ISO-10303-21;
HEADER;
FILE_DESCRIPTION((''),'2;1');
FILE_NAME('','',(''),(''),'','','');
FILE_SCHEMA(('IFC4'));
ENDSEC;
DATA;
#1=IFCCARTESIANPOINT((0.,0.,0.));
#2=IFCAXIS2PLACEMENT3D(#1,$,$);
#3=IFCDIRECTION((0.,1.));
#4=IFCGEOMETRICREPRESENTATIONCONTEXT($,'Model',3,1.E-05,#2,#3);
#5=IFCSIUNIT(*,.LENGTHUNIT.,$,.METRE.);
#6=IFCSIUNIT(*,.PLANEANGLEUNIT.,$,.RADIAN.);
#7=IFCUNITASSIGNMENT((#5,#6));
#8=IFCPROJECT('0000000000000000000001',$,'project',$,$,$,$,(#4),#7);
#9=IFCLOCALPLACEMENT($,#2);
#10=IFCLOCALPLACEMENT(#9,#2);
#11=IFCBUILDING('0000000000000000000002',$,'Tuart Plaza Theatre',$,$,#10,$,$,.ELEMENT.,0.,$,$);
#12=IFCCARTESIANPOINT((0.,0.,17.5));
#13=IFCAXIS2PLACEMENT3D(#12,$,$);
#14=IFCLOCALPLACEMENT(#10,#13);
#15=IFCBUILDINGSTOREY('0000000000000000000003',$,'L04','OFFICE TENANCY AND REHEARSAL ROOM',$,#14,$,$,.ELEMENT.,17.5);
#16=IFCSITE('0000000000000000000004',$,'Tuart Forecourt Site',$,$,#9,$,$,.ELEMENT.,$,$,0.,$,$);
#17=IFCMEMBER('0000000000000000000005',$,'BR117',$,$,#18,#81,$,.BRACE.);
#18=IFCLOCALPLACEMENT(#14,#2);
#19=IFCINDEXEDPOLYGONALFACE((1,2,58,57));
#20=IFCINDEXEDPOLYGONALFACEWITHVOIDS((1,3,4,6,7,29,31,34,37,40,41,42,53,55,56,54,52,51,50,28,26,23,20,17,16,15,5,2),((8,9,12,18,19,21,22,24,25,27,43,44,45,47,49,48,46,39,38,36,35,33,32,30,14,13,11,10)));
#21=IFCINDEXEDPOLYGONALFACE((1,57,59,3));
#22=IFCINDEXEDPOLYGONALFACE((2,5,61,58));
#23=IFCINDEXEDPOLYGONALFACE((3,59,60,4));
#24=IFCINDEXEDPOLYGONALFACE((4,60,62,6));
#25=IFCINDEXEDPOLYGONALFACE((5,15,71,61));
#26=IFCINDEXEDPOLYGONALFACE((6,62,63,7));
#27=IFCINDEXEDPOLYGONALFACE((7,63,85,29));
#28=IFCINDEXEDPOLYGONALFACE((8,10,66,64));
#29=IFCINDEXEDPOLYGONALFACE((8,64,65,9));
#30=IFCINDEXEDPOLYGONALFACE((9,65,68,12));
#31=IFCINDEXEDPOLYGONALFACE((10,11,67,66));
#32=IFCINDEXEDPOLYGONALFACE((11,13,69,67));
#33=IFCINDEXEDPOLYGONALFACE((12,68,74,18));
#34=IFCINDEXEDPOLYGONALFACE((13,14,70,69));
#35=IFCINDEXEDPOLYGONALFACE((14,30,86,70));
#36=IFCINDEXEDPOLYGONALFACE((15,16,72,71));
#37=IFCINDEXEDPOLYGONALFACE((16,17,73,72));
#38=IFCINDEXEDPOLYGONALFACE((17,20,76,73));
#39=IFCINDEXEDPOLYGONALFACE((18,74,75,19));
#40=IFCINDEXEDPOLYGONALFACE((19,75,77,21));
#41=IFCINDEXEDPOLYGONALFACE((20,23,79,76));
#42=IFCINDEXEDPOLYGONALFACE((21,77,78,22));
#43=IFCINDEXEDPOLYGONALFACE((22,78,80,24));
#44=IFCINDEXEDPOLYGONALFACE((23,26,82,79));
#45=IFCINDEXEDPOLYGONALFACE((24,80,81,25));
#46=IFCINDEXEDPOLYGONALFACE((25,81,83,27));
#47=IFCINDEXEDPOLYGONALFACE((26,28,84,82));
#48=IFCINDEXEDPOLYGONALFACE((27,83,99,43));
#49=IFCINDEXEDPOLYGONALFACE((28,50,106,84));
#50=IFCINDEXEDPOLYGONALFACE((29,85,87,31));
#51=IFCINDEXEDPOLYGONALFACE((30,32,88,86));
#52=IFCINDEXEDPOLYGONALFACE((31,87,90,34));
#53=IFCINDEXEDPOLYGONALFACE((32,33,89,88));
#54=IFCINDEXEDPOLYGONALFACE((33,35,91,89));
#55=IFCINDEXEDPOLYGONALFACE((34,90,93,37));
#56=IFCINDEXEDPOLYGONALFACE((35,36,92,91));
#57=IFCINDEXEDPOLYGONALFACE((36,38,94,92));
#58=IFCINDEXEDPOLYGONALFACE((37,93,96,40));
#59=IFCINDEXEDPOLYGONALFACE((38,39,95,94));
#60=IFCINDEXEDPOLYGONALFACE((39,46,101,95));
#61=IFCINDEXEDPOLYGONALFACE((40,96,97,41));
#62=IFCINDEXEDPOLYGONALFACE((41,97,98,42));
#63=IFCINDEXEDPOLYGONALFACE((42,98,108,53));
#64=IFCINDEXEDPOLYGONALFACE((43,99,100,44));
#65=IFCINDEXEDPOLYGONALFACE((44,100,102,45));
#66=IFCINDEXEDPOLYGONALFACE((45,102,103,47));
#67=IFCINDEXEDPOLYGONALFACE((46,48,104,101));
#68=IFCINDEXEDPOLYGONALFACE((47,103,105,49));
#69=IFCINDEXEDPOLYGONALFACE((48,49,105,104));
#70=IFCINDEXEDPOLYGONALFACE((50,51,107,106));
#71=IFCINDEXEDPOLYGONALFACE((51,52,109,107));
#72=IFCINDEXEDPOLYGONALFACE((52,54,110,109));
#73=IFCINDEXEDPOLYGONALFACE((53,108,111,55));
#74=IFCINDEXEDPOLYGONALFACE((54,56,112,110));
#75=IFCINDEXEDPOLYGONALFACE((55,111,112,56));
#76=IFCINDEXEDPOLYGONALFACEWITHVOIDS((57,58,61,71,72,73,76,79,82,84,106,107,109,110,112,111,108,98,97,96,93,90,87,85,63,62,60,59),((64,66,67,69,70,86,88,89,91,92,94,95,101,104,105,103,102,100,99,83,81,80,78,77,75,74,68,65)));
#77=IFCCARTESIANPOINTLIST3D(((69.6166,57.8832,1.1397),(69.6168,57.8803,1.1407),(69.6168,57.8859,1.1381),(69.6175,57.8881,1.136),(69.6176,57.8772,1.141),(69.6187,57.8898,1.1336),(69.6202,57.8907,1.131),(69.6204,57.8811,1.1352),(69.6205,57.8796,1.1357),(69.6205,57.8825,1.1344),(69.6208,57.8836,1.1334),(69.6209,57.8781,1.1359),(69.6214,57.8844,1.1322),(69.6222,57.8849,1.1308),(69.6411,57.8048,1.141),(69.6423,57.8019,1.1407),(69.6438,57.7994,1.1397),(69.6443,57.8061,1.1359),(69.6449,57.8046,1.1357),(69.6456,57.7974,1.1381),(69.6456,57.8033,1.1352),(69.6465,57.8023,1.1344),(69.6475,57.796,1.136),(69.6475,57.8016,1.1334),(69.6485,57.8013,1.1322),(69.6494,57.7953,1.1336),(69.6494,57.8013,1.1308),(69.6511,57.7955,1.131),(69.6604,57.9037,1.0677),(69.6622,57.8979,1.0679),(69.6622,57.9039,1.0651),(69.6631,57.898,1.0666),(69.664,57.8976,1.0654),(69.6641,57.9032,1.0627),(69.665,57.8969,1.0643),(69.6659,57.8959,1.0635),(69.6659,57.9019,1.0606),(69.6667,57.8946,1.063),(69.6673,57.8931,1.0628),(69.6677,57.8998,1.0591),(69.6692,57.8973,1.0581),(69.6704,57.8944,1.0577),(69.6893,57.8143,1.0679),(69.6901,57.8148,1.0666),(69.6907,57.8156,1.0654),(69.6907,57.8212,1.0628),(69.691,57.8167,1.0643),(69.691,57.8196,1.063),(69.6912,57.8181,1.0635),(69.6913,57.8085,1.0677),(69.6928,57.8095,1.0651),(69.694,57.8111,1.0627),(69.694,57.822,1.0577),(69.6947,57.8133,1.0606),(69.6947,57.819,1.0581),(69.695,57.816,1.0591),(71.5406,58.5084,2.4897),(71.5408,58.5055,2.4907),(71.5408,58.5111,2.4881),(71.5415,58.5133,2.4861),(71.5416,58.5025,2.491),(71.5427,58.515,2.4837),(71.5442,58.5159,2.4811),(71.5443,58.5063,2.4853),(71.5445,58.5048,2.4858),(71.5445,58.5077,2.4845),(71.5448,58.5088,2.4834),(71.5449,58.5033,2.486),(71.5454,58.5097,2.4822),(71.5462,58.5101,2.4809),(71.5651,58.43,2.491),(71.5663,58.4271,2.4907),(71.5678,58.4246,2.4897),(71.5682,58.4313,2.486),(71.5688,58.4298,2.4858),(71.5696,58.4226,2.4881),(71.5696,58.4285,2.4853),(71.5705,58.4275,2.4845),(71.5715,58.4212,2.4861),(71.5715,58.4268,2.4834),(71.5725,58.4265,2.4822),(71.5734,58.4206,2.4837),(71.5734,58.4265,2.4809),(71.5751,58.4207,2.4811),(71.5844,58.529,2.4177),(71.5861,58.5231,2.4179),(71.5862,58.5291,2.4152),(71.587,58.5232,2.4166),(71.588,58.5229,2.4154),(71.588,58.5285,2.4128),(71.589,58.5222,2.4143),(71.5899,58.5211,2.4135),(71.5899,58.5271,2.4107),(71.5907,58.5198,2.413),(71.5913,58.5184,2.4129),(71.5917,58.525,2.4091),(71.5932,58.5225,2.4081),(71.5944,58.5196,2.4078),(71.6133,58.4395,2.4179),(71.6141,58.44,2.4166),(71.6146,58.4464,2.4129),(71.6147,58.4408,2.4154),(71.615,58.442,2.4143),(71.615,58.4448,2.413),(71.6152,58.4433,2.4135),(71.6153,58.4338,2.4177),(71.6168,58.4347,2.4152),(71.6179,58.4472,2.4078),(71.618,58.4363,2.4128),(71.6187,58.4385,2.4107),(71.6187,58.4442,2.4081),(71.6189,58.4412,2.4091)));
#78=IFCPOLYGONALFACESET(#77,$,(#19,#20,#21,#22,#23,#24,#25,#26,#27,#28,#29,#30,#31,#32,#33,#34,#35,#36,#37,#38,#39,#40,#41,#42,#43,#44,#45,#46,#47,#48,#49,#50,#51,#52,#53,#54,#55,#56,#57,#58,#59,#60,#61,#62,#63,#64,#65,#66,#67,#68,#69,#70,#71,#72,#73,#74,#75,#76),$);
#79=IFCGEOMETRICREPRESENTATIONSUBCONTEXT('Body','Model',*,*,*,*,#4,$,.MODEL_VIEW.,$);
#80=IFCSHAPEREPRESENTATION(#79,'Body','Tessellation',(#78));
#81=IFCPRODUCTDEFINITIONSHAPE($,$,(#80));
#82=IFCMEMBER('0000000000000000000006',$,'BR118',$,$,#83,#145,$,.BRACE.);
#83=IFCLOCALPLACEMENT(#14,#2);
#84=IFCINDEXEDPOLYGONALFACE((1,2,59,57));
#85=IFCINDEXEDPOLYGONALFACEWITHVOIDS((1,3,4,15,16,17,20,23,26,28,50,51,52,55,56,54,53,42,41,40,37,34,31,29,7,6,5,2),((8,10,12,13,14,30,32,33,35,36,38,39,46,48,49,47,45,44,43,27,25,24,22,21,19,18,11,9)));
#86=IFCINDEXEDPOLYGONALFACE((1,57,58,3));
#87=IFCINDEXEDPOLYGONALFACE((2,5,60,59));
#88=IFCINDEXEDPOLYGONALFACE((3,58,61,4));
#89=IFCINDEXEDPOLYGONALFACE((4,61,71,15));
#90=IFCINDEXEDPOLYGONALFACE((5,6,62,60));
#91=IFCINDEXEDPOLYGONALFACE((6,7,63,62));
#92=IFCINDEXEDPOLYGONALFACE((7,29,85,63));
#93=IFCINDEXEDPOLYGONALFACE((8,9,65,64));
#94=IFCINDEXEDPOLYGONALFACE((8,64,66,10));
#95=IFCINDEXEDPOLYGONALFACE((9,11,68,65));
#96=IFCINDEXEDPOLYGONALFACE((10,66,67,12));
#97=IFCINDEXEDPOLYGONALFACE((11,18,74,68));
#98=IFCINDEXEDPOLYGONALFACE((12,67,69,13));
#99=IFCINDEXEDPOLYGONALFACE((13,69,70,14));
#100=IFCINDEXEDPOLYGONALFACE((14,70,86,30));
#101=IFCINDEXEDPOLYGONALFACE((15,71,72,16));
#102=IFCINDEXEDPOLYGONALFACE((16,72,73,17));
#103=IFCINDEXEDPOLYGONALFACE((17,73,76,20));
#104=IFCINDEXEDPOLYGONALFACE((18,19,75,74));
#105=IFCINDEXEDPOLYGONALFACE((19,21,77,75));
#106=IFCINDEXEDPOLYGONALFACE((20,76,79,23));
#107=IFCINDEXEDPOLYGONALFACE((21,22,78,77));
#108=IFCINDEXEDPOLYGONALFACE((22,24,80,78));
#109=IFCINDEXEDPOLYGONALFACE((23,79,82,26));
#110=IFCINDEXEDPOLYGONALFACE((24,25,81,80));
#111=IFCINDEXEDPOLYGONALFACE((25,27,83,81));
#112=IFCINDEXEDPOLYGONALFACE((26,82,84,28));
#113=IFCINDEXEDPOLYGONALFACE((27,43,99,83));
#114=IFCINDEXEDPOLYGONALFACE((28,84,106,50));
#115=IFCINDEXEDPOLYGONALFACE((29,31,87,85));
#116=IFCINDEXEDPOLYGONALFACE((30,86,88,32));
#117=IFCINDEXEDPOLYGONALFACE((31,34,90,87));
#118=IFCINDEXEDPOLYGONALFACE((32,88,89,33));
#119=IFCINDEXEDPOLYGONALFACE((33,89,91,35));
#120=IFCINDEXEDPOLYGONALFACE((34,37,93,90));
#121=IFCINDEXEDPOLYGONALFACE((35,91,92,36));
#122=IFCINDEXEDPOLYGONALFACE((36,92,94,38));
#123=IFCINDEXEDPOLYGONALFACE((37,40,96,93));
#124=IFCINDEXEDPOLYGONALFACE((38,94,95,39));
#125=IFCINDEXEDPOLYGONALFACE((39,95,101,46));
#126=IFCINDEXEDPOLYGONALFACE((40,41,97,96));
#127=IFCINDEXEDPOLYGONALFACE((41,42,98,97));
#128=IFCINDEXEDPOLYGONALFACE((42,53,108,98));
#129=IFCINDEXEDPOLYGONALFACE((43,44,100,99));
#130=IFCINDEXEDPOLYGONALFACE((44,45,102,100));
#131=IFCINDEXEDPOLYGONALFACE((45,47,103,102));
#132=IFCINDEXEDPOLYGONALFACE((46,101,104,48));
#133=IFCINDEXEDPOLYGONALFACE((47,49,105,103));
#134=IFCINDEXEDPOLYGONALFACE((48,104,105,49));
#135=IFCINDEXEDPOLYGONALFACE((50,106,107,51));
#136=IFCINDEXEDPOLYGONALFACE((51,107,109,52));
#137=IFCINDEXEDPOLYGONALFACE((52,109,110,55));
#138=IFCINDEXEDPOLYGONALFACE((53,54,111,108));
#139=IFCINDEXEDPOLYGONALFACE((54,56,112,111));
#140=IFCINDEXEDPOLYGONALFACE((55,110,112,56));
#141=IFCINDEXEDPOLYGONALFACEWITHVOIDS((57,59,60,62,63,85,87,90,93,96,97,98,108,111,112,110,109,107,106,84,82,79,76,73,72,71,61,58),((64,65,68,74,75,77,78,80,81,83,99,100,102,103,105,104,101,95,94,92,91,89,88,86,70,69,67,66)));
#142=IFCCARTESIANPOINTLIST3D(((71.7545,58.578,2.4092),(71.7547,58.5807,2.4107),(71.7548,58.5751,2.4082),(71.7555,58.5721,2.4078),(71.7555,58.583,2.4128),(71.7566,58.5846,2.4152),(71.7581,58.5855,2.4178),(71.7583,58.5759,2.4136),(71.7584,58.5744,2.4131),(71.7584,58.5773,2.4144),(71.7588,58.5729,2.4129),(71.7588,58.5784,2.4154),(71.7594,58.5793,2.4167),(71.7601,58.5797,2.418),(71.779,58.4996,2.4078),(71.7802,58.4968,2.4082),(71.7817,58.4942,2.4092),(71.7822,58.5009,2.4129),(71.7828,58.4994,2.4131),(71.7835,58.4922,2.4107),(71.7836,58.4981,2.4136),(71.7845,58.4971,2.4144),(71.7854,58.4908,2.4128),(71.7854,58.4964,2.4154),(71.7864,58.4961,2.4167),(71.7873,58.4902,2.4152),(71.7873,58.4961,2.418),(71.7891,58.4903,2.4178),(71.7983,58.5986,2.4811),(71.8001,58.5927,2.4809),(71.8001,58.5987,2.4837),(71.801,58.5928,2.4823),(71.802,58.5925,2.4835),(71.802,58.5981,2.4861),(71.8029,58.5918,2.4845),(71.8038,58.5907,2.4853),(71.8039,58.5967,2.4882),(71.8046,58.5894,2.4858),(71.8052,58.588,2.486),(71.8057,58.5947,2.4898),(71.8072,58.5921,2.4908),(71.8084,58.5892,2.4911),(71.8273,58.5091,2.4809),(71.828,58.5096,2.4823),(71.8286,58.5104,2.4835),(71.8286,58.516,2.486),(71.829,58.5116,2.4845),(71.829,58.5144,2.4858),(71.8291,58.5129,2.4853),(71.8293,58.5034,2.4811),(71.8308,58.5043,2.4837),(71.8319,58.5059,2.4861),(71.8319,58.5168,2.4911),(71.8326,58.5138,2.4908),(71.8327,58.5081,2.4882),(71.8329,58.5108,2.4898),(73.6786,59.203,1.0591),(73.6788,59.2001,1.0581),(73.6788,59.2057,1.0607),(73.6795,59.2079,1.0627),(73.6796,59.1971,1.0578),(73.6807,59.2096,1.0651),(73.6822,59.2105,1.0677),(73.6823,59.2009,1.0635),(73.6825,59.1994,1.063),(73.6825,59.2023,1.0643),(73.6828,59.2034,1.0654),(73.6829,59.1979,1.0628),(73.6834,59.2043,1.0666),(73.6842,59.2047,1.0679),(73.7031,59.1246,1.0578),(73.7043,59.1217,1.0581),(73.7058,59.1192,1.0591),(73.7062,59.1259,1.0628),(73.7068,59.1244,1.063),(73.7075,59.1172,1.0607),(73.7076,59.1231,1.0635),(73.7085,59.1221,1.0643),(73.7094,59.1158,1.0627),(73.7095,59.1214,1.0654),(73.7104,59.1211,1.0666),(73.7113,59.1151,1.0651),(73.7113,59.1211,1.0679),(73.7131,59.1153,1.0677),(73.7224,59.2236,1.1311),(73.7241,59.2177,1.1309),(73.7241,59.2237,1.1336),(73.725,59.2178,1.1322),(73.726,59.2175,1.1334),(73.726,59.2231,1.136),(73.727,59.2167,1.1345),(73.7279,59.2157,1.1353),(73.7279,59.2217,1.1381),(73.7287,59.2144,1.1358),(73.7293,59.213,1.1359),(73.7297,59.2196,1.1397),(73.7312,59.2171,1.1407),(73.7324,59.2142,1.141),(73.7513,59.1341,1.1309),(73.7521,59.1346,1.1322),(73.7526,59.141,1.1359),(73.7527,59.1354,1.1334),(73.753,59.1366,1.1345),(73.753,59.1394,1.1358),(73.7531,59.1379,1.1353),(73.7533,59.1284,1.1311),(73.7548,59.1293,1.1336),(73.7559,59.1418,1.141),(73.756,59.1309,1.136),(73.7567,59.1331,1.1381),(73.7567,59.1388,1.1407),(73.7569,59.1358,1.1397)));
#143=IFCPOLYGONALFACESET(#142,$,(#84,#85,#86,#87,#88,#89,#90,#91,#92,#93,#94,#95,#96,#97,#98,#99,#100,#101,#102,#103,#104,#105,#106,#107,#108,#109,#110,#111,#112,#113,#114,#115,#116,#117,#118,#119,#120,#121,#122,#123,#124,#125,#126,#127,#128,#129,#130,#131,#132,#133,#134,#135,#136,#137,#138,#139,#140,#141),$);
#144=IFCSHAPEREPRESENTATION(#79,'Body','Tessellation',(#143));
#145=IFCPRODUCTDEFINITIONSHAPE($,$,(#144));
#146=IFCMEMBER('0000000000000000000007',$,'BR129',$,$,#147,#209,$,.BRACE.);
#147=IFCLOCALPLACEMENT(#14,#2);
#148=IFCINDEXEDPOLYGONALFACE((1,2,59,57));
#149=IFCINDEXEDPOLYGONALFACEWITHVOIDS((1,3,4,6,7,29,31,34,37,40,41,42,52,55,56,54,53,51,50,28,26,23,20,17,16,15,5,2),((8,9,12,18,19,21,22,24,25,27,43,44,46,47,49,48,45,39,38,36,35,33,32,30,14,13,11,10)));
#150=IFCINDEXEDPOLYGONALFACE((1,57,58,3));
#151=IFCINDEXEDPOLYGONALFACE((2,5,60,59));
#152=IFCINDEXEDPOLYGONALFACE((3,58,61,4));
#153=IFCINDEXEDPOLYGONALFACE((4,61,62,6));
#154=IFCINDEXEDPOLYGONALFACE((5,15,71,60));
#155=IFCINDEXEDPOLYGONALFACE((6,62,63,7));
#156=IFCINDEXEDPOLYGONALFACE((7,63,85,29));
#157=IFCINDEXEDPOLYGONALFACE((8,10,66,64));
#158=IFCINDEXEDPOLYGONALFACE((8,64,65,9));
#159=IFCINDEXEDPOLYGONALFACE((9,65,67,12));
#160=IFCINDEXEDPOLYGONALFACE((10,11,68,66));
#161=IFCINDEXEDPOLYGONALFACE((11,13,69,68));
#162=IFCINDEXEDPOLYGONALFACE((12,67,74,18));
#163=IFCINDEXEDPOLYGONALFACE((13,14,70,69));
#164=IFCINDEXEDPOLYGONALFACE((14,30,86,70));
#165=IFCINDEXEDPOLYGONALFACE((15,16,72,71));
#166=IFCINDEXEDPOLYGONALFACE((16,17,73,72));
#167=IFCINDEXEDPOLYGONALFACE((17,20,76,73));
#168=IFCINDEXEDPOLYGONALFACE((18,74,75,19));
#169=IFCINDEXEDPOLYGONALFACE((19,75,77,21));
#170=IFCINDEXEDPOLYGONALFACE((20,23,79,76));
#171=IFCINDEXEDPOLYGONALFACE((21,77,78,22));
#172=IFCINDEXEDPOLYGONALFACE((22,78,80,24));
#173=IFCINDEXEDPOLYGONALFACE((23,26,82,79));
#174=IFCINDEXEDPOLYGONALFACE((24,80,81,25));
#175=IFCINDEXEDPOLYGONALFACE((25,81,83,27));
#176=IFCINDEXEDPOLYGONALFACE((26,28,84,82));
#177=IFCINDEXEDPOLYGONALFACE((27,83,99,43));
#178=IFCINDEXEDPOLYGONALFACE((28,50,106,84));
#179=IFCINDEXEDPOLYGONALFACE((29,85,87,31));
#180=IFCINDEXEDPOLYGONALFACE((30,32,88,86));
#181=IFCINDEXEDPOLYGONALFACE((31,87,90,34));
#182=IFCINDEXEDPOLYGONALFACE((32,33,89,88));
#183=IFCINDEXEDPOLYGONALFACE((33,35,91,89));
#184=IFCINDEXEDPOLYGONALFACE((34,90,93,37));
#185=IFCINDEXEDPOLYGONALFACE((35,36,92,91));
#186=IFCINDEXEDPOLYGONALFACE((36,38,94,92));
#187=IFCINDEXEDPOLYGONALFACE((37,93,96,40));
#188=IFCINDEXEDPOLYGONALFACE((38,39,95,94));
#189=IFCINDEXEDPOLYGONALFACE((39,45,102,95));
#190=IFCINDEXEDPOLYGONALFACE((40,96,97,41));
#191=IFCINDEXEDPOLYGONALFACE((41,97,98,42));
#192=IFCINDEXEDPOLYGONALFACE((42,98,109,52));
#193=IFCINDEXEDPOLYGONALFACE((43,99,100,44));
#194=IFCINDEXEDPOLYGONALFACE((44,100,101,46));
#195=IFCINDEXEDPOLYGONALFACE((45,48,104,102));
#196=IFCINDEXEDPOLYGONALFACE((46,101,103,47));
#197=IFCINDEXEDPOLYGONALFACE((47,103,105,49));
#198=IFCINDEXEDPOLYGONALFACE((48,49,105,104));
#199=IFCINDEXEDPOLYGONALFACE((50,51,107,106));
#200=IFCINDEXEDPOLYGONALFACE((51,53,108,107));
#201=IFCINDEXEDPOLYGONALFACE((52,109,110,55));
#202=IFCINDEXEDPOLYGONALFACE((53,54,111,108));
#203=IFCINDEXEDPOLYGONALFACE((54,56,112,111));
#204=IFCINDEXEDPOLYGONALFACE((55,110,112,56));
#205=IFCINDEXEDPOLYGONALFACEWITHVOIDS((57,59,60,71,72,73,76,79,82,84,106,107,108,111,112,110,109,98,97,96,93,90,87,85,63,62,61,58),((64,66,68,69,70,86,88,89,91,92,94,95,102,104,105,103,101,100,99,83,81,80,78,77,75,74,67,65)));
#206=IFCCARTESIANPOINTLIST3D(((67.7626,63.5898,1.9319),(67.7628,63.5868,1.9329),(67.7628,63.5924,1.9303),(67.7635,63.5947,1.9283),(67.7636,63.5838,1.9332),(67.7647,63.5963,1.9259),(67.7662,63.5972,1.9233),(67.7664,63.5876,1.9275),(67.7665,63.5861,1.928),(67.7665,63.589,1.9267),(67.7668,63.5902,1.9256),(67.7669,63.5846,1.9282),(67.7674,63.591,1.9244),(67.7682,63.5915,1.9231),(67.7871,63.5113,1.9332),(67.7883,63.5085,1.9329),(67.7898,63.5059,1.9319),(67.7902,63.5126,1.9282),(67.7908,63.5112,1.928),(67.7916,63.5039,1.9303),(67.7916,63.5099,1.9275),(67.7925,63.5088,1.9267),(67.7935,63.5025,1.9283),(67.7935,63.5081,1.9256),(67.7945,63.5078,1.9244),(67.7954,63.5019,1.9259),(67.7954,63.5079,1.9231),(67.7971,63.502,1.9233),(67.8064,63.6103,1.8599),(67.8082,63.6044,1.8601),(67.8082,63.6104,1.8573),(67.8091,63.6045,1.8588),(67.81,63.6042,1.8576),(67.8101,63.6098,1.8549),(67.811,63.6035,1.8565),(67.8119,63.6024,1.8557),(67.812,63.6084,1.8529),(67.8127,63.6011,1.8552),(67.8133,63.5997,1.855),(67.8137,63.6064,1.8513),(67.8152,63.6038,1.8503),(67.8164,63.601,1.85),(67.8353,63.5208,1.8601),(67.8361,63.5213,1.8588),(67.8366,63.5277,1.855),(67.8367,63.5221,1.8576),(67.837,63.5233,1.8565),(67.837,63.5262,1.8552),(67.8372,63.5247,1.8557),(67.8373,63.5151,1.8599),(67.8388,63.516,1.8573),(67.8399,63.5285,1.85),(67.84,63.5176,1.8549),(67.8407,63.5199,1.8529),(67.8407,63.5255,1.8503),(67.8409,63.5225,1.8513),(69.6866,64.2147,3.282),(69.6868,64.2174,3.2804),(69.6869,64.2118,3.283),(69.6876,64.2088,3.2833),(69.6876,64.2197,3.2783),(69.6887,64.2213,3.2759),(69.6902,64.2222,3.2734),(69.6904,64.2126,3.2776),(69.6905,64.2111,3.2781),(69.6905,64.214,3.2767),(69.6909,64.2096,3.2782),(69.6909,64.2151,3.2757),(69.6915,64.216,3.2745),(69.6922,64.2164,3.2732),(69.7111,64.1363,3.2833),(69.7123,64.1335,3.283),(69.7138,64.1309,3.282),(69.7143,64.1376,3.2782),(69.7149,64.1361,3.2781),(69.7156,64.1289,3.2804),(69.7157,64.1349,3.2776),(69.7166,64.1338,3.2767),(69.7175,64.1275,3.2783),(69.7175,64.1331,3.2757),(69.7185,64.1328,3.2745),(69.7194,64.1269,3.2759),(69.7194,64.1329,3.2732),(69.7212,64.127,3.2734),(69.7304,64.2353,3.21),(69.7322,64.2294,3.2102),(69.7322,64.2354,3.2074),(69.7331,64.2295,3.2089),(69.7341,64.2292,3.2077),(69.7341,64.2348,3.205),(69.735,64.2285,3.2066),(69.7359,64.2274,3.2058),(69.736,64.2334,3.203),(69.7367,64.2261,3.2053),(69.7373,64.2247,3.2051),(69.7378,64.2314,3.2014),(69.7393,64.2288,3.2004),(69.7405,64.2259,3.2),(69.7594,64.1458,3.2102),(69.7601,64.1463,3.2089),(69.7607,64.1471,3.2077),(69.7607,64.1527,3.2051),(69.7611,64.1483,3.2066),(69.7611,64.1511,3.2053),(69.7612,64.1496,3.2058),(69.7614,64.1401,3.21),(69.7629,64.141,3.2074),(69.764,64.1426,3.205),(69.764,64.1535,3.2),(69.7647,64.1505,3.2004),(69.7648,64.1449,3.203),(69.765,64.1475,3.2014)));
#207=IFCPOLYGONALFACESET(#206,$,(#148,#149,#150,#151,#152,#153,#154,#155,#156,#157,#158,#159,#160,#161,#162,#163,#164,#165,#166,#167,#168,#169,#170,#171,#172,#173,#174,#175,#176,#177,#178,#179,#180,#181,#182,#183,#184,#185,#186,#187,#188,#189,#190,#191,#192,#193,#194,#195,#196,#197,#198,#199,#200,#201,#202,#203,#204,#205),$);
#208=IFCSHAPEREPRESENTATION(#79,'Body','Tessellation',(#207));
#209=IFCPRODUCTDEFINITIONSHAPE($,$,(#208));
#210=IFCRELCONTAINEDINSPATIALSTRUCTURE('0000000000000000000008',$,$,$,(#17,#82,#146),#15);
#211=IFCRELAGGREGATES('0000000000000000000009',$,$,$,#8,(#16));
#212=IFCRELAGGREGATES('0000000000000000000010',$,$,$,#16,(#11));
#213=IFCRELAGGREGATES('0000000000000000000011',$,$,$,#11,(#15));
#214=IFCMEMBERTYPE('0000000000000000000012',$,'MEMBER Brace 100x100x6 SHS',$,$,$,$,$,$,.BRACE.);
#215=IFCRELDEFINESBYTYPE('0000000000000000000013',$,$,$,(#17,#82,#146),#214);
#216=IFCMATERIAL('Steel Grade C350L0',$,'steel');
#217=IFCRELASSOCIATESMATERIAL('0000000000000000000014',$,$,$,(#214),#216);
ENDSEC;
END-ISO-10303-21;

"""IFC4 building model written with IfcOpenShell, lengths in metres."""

from ifc_helpers import new_model, si_unit, direction, frame, origin, origin_2d, place, context, subcontext, project, spatial, hollow_rectangle, extrude, material, material_profile, profile_set, type_object, element, save


model = new_model("IFC4")

# Units and contexts
model_context = context("Model", 3, precision=1e-05, world=origin(), true_north=direction((0.0, 1.0)))
body_context = subcontext(model_context, "Body", "Model", "MODEL_VIEW")
ifc_project = project(units=[si_unit("LENGTHUNIT", "METRE"), si_unit("PLANEANGLEUNIT", "RADIAN")], contexts=[model_context])

# Site, building, storey
site_placement = place(None, origin())
site = spatial("IfcSite", under=ifc_project, at=site_placement, Name="Tuart Forecourt Site", CompositionType="ELEMENT", RefElevation=0.0)
building_placement = place(site_placement, origin())
building = spatial("IfcBuilding", under=site, at=building_placement, Name="Tuart Plaza Theatre", CompositionType="ELEMENT", ElevationOfRefHeight=0.0)
storey_placement = place(building_placement, frame((0.0, 0.0, 17.5)))
storey = spatial("IfcBuildingStorey", under=building, at=storey_placement, Name="L04", Description="OFFICE TENANCY AND REHEARSAL ROOM", CompositionType="ELEMENT", Elevation=17.5)

# Members
ifc_material_1 = material(Name="Steel Grade C350L0", Category="steel")
ifc_material_profile_1 = material_profile(ifc_material_1, hollow_rectangle(XDim=0.1001, YDim=0.1001, WallThickness=0.0061, InnerFilletRadius=0.0061, OuterFilletRadius=0.012, at=origin_2d()), Name="100x100x6 SHS")
ifc_profile_set_1 = profile_set([ifc_material_profile_1], Name="Steel Grade C350L0")
member_type_1 = type_object("IfcMemberType", Name="MEMBER Brace 100x100x6 SHS", PredefinedType="BRACE", material=ifc_profile_set_1)
for number, where, z_axis, x_axis, name in (
    (1, (69.6558, 57.8496, 1.0994), (0.791073, 0.257066, 0.555086), (-0.309051, 0.951046, 0.0), "BR117"),
    (2, (71.7937, 58.5444, 2.4495), (0.791093, 0.256972, -0.5551), (-0.308941, 0.951081, 0.0), "BR118"),
    (3, (67.8018, 63.5562, 1.8916), (0.791093, 0.256972, 0.5551), (-0.308941, 0.951081, 0.0), "BR129"),
):
    element("IfcMember", number, at=place(storey_placement, frame(where, z_axis=z_axis, x_axis=x_axis)), inside=storey, type_object=member_type_1, Name=name, PredefinedType="BRACE", context=body_context, shape_type="SweptSolid", body=[
        extrude(hollow_rectangle(XDim=0.1001, YDim=0.1001, WallThickness=0.0061, InnerFilletRadius=0.0061, OuterFilletRadius=0.012, at=origin_2d()), origin(), (0.0, 0.0, 1.0), 2.4321),
    ])

save(model, "model.ifc")
